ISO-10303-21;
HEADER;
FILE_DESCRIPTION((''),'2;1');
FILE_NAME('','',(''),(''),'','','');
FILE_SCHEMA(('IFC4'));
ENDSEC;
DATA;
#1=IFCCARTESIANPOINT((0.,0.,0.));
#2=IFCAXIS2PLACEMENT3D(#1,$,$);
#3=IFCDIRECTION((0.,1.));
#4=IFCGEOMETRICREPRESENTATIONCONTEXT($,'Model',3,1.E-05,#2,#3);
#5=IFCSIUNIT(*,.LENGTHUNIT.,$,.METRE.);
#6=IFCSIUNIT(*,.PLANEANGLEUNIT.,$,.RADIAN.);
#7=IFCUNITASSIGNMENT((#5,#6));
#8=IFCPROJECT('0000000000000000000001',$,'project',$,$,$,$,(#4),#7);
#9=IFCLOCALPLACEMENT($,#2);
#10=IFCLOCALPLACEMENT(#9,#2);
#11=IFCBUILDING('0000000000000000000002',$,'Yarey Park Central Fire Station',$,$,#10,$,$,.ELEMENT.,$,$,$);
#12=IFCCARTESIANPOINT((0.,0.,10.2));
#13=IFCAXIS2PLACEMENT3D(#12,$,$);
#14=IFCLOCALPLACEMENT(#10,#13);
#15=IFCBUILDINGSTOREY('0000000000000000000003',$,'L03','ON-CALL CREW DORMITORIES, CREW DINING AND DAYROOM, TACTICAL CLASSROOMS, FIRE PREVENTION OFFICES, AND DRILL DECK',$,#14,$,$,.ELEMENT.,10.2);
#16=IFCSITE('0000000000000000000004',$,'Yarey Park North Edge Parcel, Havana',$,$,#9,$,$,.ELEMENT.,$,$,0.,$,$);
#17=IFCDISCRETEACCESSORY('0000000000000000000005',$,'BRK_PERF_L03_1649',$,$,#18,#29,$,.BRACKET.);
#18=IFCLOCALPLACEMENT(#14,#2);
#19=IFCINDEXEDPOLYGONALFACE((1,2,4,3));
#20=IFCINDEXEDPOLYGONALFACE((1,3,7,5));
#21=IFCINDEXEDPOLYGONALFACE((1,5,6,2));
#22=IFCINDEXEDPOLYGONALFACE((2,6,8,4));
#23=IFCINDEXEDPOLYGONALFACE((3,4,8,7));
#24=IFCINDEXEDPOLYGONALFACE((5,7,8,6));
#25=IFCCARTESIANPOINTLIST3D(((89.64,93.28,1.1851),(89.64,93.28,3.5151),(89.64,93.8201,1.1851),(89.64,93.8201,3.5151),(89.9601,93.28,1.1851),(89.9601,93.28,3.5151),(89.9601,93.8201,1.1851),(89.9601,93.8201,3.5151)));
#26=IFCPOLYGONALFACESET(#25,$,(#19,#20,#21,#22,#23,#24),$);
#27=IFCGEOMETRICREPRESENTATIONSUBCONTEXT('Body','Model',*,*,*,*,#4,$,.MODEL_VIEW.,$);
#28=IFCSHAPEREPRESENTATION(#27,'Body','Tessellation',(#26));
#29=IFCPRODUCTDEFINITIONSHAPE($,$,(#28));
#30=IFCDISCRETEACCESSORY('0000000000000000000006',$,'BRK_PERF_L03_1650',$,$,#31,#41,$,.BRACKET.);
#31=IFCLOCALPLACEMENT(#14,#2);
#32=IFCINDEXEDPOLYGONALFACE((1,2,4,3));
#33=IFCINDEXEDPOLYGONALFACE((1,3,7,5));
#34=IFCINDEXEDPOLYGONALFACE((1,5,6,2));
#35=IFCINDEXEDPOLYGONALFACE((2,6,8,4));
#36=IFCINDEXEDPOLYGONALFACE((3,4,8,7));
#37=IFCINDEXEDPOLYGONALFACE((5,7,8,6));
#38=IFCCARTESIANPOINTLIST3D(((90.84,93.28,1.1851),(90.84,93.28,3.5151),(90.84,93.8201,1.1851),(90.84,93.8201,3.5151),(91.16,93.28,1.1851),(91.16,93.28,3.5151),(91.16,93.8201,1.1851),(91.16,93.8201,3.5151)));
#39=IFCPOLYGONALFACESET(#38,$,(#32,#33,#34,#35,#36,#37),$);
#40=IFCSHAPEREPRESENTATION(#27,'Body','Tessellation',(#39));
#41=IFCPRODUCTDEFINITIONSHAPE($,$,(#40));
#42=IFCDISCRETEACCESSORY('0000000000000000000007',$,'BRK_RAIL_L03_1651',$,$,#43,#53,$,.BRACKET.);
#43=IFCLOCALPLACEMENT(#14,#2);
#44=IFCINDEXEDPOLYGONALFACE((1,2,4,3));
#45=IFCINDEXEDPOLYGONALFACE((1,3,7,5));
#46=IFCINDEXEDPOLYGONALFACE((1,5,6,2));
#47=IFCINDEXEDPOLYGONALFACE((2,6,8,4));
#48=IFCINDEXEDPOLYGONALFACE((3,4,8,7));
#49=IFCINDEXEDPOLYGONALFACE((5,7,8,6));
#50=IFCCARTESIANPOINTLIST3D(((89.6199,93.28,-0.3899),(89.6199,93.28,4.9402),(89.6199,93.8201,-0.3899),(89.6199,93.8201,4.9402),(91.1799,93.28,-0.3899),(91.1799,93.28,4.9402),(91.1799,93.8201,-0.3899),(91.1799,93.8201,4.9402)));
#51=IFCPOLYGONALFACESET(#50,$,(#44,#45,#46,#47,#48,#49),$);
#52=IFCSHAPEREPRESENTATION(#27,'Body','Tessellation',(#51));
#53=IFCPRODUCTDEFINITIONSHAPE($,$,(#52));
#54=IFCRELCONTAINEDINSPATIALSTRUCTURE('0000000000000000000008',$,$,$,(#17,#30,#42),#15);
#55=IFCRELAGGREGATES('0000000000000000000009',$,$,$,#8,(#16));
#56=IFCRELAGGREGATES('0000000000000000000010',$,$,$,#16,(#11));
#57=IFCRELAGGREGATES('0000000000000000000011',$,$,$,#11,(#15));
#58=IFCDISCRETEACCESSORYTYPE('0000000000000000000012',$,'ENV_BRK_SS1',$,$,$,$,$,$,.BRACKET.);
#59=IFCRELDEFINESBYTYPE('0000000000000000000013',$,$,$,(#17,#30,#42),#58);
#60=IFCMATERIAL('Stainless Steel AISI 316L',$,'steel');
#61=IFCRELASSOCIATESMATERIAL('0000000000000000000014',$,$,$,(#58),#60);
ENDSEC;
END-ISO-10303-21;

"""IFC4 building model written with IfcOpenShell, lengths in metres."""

from ifc_helpers import new_model, si_unit, direction, frame, origin, origin_2d, place, context, subcontext, project, spatial, rectangle, extrude, material, type_object, element, save


model = new_model("IFC4")

# Units and contexts
model_context = context("Model", 3, precision=1e-05, world=origin(), true_north=direction((0.0, 1.0)))
body_context = subcontext(model_context, "Body", "Model", "MODEL_VIEW")
ifc_project = project(units=[si_unit("LENGTHUNIT", "METRE"), si_unit("PLANEANGLEUNIT", "RADIAN")], contexts=[model_context])

# Site, building, storey
site_placement = place(None, origin())
site = spatial("IfcSite", under=ifc_project, at=site_placement, Name="Yarey Park North Edge Parcel, Havana", CompositionType="ELEMENT", RefElevation=0.0)
building_placement = place(site_placement, origin())
building = spatial("IfcBuilding", under=site, at=building_placement, Name="Yarey Park Central Fire Station", CompositionType="ELEMENT")
storey_placement = place(building_placement, frame((0.0, 0.0, 10.2)))
storey = spatial("IfcBuildingStorey", under=building, at=storey_placement, Name="L03", Description="ON-CALL CREW DORMITORIES, CREW DINING AND DAYROOM, TACTICAL CLASSROOMS, FIRE PREVENTION OFFICES, AND DRILL DECK", CompositionType="ELEMENT", Elevation=10.2)

# Discrete accessories
ifc_material_1 = material(Name="Stainless Steel AISI 316L", Category="steel")
discrete_accessory_type = type_object("IfcDiscreteAccessoryType", Name="ENV_BRK_SS1", PredefinedType="BRACKET", material=ifc_material_1)
for number, where, z_axis, x_axis, name in (
    (1, (89.8, 93.55, 1.1851), (0.0, 0.0, 1.0), (1.0, 0.0, 0.0), "BRK_PERF_L03_1649"),
    (2, (91.0, 93.55, 1.1851), (0.0, 0.0, 1.0), (1.0, 0.0, 0.0), "BRK_PERF_L03_1650"),
):
    element("IfcDiscreteAccessory", number, at=place(storey_placement, frame(where, z_axis=z_axis, x_axis=x_axis)), inside=storey, type_object=discrete_accessory_type, Name=name, PredefinedType="BRACKET", context=body_context, shape_type="SweptSolid", body=[
        extrude(rectangle(XDim=0.3201, YDim=0.54, at=origin_2d()), origin(), (0.0, 0.0, 1.0), 2.3301),
    ])
discrete_accessory_1_placement = place(storey_placement, frame((90.3999, 93.55, -0.3899), z_axis=(0.0, 0.0, 1.0), x_axis=(1.0, 0.0, 0.0)))
element("IfcDiscreteAccessory", 3, at=discrete_accessory_1_placement, inside=storey, type_object=discrete_accessory_type, Name="BRK_RAIL_L03_1651", PredefinedType="BRACKET", context=body_context, shape_type="SweptSolid", body=[
    extrude(rectangle(XDim=1.5601, YDim=0.54, at=origin_2d()), origin(), (0.0, 0.0, 1.0), 5.3301),
])

save(model, "model.ifc")
